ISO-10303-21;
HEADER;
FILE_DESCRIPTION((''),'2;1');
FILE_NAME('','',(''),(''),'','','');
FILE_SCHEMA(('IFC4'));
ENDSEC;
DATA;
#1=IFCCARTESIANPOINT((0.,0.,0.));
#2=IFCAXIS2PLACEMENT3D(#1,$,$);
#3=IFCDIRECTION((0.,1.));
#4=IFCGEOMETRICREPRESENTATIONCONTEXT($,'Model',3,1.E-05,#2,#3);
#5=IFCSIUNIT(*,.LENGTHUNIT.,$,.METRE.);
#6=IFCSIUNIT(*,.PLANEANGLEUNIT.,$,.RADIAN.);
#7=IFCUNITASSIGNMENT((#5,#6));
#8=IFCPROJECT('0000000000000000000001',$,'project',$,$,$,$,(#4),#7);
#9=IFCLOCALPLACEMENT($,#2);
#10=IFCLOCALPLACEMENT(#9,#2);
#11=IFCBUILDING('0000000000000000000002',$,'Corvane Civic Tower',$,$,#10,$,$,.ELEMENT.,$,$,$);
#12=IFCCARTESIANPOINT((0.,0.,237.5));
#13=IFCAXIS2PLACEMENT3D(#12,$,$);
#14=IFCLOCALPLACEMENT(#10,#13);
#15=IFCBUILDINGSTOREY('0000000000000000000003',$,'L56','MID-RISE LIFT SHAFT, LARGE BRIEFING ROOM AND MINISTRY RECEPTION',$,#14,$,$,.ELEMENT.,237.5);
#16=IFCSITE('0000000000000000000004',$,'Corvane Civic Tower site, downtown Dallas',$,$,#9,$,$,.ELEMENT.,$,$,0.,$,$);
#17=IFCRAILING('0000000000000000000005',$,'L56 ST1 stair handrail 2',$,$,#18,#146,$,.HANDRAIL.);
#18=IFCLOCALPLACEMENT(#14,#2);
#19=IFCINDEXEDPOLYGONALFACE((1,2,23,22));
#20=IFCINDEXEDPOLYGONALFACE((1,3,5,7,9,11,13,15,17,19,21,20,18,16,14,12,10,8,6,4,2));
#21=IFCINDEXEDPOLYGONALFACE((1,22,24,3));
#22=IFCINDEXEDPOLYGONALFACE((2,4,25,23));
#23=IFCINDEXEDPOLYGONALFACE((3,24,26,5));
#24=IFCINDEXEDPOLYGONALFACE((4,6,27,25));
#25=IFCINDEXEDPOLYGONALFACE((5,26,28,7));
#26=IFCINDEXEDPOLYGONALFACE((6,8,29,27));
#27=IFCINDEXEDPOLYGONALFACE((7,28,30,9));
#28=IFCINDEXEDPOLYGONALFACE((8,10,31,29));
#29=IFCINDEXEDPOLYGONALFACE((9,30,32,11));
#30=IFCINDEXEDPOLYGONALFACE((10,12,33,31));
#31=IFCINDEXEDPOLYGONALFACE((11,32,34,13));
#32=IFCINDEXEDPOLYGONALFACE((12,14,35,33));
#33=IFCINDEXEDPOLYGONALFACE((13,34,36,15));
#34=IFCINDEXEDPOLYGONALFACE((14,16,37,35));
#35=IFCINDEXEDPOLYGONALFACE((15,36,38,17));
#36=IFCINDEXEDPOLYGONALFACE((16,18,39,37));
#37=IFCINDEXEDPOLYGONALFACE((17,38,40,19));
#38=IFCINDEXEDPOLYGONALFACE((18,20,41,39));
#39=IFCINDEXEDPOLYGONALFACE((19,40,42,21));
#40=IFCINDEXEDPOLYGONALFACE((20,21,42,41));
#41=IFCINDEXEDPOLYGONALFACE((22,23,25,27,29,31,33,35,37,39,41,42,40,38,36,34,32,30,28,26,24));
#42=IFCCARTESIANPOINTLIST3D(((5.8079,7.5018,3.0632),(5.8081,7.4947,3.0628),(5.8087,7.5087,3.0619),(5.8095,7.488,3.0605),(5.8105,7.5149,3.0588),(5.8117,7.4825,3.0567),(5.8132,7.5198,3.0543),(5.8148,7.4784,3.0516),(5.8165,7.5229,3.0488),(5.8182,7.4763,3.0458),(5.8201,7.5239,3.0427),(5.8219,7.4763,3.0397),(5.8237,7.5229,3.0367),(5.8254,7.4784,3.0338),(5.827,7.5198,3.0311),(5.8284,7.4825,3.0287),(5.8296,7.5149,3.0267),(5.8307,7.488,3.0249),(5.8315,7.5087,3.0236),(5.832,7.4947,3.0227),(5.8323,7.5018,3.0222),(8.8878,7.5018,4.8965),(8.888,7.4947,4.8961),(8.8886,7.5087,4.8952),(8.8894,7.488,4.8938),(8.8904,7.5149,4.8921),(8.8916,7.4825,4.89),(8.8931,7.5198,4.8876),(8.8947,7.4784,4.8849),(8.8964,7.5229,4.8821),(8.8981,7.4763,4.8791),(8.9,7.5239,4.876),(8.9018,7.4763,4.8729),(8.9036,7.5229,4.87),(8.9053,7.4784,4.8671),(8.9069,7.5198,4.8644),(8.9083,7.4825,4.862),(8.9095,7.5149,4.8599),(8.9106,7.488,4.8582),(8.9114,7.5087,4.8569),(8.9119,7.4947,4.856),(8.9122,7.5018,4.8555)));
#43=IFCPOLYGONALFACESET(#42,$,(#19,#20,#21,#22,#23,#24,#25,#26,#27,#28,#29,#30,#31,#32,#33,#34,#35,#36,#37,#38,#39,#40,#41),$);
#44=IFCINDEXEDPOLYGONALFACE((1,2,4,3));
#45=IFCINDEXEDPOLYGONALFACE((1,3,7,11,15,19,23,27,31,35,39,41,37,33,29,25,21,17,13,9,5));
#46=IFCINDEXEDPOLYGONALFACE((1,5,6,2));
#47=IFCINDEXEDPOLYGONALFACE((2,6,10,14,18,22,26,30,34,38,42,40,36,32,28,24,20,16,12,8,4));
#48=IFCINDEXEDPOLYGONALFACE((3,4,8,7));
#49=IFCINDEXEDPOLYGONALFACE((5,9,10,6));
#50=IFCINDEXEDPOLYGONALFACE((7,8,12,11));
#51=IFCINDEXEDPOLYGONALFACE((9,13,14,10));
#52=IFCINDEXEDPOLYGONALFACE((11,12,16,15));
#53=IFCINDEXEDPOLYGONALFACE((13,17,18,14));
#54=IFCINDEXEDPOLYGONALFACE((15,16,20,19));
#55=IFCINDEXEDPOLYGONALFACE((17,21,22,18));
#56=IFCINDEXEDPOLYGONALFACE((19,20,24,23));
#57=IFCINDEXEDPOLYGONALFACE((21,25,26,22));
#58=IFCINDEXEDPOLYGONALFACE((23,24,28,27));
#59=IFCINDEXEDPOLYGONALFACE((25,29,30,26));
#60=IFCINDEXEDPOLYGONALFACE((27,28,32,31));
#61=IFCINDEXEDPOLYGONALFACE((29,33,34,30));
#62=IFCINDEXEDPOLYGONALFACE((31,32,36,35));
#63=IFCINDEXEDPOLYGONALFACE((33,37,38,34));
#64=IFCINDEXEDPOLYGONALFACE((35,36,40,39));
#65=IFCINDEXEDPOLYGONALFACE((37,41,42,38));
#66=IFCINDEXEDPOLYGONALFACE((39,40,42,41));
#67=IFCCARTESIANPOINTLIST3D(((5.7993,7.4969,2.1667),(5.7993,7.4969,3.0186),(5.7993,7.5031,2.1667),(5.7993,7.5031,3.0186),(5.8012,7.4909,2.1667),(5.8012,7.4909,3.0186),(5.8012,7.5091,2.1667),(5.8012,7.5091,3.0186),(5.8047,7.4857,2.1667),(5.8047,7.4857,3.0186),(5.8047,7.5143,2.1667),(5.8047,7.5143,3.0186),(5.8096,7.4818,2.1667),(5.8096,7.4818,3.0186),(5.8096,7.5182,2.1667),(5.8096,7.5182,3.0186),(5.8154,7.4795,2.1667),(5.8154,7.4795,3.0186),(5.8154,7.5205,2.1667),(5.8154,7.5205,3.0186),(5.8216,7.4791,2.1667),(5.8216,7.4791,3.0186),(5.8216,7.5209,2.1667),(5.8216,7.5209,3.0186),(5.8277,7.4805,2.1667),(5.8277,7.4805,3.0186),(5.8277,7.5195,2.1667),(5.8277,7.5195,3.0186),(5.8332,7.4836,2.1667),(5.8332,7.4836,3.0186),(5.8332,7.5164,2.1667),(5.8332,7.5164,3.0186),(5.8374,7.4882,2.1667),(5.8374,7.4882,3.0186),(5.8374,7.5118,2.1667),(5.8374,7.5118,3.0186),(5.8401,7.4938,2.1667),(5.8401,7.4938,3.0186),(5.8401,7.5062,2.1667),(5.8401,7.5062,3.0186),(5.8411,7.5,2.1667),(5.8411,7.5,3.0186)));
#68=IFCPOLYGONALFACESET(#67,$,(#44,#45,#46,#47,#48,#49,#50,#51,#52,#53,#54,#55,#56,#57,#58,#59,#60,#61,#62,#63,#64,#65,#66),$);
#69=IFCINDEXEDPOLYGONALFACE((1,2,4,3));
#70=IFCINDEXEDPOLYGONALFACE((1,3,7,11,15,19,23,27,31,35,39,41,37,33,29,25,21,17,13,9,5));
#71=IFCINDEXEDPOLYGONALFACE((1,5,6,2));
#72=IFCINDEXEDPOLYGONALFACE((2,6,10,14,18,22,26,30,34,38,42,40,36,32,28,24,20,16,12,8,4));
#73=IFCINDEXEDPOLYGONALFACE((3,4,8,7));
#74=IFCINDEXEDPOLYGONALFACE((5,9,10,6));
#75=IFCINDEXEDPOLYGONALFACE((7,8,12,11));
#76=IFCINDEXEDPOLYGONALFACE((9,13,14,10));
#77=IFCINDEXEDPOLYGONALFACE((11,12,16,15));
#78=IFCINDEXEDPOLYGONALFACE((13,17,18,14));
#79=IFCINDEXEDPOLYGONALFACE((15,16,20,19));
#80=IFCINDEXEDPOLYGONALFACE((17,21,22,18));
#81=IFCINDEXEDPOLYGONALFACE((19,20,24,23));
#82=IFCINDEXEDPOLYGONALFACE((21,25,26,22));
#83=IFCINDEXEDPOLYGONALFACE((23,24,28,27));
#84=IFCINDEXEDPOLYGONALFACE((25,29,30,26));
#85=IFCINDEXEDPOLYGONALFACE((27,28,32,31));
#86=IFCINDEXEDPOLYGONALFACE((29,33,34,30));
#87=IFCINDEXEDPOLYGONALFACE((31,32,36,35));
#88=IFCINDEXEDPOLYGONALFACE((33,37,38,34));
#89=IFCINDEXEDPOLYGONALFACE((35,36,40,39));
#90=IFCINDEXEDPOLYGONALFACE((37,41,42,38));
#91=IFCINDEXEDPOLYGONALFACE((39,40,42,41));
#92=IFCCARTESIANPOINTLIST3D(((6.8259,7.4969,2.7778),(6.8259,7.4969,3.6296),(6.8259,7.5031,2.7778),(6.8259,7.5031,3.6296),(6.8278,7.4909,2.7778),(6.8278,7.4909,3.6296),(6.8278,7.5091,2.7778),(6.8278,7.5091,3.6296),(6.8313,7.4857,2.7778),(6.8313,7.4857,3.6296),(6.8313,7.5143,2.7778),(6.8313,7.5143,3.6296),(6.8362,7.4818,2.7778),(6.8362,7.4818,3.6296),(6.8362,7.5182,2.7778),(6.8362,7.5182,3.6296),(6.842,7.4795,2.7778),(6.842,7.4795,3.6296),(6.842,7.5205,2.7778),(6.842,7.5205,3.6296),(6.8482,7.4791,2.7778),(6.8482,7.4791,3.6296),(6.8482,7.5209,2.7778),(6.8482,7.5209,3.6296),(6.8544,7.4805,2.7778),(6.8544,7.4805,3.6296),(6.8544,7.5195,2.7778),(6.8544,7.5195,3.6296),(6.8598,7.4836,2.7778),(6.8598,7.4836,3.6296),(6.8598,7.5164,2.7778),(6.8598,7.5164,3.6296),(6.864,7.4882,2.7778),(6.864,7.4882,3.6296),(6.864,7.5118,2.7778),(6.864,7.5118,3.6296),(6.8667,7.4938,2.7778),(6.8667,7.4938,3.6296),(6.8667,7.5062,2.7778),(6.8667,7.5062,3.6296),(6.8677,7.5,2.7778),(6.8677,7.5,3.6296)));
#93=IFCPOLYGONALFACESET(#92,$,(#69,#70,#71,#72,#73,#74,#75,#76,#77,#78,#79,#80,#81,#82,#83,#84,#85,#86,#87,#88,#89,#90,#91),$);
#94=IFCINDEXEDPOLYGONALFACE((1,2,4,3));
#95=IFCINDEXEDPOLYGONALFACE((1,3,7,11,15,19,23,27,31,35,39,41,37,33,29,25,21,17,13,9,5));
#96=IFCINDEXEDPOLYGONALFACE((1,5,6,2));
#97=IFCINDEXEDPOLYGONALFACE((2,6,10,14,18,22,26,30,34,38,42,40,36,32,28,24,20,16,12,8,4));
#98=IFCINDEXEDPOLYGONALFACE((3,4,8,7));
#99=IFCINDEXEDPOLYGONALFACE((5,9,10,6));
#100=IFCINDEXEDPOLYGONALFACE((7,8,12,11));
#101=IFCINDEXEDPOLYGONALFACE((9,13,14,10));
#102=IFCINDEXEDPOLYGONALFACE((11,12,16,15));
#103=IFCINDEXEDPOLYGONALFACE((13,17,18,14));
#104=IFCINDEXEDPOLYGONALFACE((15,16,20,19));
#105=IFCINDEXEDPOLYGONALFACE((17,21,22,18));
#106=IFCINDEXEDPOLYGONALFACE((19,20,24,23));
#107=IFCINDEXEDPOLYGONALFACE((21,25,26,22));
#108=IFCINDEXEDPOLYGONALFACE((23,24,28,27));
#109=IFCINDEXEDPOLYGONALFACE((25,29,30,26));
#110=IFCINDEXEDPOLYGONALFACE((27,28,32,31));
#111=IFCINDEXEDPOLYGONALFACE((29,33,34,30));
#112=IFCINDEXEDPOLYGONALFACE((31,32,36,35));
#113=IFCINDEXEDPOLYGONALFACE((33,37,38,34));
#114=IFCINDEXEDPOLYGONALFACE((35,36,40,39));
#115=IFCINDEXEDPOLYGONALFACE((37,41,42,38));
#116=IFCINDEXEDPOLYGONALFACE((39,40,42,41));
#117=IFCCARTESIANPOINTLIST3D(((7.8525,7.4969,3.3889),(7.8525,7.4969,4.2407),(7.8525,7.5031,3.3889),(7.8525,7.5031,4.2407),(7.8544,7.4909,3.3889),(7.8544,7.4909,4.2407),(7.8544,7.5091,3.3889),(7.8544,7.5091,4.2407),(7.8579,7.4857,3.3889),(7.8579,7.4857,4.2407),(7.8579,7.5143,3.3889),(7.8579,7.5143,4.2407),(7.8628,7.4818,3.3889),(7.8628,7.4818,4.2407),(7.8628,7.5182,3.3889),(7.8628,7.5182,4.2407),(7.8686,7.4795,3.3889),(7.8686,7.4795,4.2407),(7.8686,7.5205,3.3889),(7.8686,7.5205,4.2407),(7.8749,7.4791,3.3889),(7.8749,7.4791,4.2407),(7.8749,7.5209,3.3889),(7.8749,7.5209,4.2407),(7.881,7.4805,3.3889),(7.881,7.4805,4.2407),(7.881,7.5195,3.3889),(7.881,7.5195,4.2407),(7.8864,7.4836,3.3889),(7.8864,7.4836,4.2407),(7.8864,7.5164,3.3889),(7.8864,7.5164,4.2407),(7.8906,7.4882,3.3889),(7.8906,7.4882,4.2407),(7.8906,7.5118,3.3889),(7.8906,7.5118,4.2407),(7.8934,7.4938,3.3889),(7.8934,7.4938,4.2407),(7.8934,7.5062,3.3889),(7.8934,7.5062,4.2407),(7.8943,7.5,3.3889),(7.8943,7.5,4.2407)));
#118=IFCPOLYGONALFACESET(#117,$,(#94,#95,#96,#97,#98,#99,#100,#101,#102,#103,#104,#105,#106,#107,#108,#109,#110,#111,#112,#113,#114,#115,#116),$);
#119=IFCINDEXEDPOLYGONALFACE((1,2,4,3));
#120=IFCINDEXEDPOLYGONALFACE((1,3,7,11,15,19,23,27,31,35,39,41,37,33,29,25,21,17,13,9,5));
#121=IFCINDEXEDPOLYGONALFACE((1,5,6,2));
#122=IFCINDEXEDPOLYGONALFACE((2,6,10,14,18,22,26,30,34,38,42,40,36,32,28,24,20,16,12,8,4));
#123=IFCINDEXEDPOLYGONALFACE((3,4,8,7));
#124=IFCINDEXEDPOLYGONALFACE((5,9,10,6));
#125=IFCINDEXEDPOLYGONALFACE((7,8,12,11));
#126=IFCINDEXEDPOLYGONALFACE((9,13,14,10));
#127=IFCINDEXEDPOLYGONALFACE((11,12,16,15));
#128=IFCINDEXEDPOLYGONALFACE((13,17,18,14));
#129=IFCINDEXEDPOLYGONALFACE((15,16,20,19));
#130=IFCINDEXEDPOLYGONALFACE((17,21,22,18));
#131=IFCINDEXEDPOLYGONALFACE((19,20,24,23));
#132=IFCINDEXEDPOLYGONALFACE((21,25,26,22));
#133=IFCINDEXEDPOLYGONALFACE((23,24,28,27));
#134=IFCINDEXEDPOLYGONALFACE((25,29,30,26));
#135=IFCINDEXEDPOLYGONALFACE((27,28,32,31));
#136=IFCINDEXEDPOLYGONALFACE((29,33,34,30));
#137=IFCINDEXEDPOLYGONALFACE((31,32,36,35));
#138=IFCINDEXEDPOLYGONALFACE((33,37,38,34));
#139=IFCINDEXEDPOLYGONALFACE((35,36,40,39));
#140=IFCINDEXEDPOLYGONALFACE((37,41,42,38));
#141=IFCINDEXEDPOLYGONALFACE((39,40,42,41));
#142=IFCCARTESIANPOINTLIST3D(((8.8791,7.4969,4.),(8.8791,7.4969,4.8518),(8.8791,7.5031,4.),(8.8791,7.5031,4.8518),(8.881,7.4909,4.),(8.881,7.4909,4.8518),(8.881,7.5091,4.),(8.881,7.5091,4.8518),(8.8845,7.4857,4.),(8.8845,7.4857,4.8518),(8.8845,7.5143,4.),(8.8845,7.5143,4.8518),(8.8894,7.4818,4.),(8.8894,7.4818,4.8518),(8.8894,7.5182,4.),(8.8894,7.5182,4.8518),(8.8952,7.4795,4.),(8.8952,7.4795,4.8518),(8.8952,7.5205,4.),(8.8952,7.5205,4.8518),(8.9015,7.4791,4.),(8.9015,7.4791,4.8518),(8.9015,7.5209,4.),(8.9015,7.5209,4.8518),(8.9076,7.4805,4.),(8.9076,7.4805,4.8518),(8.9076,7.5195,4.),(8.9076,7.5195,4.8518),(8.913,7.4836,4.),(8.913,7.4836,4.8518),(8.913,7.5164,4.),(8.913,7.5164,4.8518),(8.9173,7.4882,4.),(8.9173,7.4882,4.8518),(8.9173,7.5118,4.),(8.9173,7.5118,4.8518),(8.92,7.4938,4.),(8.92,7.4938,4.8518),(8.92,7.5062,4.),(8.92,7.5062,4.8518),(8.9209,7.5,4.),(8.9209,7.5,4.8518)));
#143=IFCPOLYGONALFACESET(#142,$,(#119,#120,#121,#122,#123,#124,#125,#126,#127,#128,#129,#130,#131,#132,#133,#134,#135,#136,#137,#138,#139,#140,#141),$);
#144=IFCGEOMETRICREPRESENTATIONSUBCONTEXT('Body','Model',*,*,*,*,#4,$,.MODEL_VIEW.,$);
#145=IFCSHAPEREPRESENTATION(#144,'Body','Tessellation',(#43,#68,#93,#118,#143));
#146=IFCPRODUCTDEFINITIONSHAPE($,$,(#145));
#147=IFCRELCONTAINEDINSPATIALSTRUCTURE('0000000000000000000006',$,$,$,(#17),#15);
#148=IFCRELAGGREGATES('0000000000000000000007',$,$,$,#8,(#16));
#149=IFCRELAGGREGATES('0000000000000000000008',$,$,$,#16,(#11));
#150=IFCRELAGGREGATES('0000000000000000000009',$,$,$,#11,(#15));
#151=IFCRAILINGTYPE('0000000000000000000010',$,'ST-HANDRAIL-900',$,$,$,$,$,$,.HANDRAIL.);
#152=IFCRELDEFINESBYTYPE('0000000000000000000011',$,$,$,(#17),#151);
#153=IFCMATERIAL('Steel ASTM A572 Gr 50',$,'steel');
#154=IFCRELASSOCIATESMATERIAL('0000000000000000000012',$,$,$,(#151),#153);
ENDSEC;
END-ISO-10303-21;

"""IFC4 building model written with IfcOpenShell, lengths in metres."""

from ifc_helpers import new_model, si_unit, direction, frame, origin, origin_2d, place, context, subcontext, project, spatial, circle, extrude, material, type_object, element, save


model = new_model("IFC4")

# Units and contexts
model_context = context("Model", 3, precision=1e-05, world=origin(), true_north=direction((0.0, 1.0)))
body_context = subcontext(model_context, "Body", "Model", "MODEL_VIEW")
ifc_project = project(units=[si_unit("LENGTHUNIT", "METRE"), si_unit("PLANEANGLEUNIT", "RADIAN")], contexts=[model_context])

# Site, building, storey
site_placement = place(None, origin())
site = spatial("IfcSite", under=ifc_project, at=site_placement, Name="Corvane Civic Tower site, downtown Dallas", CompositionType="ELEMENT", RefElevation=0.0)
building_placement = place(site_placement, origin())
building = spatial("IfcBuilding", under=site, at=building_placement, Name="Corvane Civic Tower", CompositionType="ELEMENT")
storey_placement = place(building_placement, frame((0.0, 0.0, 237.5)))
storey = spatial("IfcBuildingStorey", under=building, at=storey_placement, Name="L56", Description="MID-RISE LIFT SHAFT, LARGE BRIEFING ROOM AND MINISTRY RECEPTION", CompositionType="ELEMENT", Elevation=237.5)

# Railing
ifc_material_1 = material(Name="Steel ASTM A572 Gr 50", Category="steel")
railing_type = type_object("IfcRailingType", Name="ST-HANDRAIL-900", PredefinedType="HANDRAIL", material=ifc_material_1)
railing_placement = place(storey_placement, frame((5.8201, 7.5, 2.1667)))
element("IfcRailing", 1, at=railing_placement, inside=storey, type_object=railing_type, Name="L56 ST1 stair handrail 2", PredefinedType="HANDRAIL", context=body_context, shape_type="SweptSolid", body=[
    extrude(circle(Radius=0.0239, at=origin_2d()), frame((0.0, 0.0, 0.876), z_axis=(0.859291, 0.0, 0.511487), x_axis=(0.0, 1.0, 0.0)), (0.0, 0.0, 1.0), 3.5842),
    extrude(circle(Radius=0.021, at=origin_2d()), origin(), (0.0, 0.0, 1.0), 0.8518),
    extrude(circle(Radius=0.021, at=origin_2d()), frame((1.0266, 0.0, 0.6111)), (0.0, 0.0, 1.0), 0.8518),
    extrude(circle(Radius=0.021, at=origin_2d()), frame((2.0532, 0.0, 1.2222)), (0.0, 0.0, 1.0), 0.8518),
    extrude(circle(Radius=0.021, at=origin_2d()), frame((3.0798, 0.0, 1.8333)), (0.0, 0.0, 1.0), 0.8518),
])

save(model, "model.ifc")
